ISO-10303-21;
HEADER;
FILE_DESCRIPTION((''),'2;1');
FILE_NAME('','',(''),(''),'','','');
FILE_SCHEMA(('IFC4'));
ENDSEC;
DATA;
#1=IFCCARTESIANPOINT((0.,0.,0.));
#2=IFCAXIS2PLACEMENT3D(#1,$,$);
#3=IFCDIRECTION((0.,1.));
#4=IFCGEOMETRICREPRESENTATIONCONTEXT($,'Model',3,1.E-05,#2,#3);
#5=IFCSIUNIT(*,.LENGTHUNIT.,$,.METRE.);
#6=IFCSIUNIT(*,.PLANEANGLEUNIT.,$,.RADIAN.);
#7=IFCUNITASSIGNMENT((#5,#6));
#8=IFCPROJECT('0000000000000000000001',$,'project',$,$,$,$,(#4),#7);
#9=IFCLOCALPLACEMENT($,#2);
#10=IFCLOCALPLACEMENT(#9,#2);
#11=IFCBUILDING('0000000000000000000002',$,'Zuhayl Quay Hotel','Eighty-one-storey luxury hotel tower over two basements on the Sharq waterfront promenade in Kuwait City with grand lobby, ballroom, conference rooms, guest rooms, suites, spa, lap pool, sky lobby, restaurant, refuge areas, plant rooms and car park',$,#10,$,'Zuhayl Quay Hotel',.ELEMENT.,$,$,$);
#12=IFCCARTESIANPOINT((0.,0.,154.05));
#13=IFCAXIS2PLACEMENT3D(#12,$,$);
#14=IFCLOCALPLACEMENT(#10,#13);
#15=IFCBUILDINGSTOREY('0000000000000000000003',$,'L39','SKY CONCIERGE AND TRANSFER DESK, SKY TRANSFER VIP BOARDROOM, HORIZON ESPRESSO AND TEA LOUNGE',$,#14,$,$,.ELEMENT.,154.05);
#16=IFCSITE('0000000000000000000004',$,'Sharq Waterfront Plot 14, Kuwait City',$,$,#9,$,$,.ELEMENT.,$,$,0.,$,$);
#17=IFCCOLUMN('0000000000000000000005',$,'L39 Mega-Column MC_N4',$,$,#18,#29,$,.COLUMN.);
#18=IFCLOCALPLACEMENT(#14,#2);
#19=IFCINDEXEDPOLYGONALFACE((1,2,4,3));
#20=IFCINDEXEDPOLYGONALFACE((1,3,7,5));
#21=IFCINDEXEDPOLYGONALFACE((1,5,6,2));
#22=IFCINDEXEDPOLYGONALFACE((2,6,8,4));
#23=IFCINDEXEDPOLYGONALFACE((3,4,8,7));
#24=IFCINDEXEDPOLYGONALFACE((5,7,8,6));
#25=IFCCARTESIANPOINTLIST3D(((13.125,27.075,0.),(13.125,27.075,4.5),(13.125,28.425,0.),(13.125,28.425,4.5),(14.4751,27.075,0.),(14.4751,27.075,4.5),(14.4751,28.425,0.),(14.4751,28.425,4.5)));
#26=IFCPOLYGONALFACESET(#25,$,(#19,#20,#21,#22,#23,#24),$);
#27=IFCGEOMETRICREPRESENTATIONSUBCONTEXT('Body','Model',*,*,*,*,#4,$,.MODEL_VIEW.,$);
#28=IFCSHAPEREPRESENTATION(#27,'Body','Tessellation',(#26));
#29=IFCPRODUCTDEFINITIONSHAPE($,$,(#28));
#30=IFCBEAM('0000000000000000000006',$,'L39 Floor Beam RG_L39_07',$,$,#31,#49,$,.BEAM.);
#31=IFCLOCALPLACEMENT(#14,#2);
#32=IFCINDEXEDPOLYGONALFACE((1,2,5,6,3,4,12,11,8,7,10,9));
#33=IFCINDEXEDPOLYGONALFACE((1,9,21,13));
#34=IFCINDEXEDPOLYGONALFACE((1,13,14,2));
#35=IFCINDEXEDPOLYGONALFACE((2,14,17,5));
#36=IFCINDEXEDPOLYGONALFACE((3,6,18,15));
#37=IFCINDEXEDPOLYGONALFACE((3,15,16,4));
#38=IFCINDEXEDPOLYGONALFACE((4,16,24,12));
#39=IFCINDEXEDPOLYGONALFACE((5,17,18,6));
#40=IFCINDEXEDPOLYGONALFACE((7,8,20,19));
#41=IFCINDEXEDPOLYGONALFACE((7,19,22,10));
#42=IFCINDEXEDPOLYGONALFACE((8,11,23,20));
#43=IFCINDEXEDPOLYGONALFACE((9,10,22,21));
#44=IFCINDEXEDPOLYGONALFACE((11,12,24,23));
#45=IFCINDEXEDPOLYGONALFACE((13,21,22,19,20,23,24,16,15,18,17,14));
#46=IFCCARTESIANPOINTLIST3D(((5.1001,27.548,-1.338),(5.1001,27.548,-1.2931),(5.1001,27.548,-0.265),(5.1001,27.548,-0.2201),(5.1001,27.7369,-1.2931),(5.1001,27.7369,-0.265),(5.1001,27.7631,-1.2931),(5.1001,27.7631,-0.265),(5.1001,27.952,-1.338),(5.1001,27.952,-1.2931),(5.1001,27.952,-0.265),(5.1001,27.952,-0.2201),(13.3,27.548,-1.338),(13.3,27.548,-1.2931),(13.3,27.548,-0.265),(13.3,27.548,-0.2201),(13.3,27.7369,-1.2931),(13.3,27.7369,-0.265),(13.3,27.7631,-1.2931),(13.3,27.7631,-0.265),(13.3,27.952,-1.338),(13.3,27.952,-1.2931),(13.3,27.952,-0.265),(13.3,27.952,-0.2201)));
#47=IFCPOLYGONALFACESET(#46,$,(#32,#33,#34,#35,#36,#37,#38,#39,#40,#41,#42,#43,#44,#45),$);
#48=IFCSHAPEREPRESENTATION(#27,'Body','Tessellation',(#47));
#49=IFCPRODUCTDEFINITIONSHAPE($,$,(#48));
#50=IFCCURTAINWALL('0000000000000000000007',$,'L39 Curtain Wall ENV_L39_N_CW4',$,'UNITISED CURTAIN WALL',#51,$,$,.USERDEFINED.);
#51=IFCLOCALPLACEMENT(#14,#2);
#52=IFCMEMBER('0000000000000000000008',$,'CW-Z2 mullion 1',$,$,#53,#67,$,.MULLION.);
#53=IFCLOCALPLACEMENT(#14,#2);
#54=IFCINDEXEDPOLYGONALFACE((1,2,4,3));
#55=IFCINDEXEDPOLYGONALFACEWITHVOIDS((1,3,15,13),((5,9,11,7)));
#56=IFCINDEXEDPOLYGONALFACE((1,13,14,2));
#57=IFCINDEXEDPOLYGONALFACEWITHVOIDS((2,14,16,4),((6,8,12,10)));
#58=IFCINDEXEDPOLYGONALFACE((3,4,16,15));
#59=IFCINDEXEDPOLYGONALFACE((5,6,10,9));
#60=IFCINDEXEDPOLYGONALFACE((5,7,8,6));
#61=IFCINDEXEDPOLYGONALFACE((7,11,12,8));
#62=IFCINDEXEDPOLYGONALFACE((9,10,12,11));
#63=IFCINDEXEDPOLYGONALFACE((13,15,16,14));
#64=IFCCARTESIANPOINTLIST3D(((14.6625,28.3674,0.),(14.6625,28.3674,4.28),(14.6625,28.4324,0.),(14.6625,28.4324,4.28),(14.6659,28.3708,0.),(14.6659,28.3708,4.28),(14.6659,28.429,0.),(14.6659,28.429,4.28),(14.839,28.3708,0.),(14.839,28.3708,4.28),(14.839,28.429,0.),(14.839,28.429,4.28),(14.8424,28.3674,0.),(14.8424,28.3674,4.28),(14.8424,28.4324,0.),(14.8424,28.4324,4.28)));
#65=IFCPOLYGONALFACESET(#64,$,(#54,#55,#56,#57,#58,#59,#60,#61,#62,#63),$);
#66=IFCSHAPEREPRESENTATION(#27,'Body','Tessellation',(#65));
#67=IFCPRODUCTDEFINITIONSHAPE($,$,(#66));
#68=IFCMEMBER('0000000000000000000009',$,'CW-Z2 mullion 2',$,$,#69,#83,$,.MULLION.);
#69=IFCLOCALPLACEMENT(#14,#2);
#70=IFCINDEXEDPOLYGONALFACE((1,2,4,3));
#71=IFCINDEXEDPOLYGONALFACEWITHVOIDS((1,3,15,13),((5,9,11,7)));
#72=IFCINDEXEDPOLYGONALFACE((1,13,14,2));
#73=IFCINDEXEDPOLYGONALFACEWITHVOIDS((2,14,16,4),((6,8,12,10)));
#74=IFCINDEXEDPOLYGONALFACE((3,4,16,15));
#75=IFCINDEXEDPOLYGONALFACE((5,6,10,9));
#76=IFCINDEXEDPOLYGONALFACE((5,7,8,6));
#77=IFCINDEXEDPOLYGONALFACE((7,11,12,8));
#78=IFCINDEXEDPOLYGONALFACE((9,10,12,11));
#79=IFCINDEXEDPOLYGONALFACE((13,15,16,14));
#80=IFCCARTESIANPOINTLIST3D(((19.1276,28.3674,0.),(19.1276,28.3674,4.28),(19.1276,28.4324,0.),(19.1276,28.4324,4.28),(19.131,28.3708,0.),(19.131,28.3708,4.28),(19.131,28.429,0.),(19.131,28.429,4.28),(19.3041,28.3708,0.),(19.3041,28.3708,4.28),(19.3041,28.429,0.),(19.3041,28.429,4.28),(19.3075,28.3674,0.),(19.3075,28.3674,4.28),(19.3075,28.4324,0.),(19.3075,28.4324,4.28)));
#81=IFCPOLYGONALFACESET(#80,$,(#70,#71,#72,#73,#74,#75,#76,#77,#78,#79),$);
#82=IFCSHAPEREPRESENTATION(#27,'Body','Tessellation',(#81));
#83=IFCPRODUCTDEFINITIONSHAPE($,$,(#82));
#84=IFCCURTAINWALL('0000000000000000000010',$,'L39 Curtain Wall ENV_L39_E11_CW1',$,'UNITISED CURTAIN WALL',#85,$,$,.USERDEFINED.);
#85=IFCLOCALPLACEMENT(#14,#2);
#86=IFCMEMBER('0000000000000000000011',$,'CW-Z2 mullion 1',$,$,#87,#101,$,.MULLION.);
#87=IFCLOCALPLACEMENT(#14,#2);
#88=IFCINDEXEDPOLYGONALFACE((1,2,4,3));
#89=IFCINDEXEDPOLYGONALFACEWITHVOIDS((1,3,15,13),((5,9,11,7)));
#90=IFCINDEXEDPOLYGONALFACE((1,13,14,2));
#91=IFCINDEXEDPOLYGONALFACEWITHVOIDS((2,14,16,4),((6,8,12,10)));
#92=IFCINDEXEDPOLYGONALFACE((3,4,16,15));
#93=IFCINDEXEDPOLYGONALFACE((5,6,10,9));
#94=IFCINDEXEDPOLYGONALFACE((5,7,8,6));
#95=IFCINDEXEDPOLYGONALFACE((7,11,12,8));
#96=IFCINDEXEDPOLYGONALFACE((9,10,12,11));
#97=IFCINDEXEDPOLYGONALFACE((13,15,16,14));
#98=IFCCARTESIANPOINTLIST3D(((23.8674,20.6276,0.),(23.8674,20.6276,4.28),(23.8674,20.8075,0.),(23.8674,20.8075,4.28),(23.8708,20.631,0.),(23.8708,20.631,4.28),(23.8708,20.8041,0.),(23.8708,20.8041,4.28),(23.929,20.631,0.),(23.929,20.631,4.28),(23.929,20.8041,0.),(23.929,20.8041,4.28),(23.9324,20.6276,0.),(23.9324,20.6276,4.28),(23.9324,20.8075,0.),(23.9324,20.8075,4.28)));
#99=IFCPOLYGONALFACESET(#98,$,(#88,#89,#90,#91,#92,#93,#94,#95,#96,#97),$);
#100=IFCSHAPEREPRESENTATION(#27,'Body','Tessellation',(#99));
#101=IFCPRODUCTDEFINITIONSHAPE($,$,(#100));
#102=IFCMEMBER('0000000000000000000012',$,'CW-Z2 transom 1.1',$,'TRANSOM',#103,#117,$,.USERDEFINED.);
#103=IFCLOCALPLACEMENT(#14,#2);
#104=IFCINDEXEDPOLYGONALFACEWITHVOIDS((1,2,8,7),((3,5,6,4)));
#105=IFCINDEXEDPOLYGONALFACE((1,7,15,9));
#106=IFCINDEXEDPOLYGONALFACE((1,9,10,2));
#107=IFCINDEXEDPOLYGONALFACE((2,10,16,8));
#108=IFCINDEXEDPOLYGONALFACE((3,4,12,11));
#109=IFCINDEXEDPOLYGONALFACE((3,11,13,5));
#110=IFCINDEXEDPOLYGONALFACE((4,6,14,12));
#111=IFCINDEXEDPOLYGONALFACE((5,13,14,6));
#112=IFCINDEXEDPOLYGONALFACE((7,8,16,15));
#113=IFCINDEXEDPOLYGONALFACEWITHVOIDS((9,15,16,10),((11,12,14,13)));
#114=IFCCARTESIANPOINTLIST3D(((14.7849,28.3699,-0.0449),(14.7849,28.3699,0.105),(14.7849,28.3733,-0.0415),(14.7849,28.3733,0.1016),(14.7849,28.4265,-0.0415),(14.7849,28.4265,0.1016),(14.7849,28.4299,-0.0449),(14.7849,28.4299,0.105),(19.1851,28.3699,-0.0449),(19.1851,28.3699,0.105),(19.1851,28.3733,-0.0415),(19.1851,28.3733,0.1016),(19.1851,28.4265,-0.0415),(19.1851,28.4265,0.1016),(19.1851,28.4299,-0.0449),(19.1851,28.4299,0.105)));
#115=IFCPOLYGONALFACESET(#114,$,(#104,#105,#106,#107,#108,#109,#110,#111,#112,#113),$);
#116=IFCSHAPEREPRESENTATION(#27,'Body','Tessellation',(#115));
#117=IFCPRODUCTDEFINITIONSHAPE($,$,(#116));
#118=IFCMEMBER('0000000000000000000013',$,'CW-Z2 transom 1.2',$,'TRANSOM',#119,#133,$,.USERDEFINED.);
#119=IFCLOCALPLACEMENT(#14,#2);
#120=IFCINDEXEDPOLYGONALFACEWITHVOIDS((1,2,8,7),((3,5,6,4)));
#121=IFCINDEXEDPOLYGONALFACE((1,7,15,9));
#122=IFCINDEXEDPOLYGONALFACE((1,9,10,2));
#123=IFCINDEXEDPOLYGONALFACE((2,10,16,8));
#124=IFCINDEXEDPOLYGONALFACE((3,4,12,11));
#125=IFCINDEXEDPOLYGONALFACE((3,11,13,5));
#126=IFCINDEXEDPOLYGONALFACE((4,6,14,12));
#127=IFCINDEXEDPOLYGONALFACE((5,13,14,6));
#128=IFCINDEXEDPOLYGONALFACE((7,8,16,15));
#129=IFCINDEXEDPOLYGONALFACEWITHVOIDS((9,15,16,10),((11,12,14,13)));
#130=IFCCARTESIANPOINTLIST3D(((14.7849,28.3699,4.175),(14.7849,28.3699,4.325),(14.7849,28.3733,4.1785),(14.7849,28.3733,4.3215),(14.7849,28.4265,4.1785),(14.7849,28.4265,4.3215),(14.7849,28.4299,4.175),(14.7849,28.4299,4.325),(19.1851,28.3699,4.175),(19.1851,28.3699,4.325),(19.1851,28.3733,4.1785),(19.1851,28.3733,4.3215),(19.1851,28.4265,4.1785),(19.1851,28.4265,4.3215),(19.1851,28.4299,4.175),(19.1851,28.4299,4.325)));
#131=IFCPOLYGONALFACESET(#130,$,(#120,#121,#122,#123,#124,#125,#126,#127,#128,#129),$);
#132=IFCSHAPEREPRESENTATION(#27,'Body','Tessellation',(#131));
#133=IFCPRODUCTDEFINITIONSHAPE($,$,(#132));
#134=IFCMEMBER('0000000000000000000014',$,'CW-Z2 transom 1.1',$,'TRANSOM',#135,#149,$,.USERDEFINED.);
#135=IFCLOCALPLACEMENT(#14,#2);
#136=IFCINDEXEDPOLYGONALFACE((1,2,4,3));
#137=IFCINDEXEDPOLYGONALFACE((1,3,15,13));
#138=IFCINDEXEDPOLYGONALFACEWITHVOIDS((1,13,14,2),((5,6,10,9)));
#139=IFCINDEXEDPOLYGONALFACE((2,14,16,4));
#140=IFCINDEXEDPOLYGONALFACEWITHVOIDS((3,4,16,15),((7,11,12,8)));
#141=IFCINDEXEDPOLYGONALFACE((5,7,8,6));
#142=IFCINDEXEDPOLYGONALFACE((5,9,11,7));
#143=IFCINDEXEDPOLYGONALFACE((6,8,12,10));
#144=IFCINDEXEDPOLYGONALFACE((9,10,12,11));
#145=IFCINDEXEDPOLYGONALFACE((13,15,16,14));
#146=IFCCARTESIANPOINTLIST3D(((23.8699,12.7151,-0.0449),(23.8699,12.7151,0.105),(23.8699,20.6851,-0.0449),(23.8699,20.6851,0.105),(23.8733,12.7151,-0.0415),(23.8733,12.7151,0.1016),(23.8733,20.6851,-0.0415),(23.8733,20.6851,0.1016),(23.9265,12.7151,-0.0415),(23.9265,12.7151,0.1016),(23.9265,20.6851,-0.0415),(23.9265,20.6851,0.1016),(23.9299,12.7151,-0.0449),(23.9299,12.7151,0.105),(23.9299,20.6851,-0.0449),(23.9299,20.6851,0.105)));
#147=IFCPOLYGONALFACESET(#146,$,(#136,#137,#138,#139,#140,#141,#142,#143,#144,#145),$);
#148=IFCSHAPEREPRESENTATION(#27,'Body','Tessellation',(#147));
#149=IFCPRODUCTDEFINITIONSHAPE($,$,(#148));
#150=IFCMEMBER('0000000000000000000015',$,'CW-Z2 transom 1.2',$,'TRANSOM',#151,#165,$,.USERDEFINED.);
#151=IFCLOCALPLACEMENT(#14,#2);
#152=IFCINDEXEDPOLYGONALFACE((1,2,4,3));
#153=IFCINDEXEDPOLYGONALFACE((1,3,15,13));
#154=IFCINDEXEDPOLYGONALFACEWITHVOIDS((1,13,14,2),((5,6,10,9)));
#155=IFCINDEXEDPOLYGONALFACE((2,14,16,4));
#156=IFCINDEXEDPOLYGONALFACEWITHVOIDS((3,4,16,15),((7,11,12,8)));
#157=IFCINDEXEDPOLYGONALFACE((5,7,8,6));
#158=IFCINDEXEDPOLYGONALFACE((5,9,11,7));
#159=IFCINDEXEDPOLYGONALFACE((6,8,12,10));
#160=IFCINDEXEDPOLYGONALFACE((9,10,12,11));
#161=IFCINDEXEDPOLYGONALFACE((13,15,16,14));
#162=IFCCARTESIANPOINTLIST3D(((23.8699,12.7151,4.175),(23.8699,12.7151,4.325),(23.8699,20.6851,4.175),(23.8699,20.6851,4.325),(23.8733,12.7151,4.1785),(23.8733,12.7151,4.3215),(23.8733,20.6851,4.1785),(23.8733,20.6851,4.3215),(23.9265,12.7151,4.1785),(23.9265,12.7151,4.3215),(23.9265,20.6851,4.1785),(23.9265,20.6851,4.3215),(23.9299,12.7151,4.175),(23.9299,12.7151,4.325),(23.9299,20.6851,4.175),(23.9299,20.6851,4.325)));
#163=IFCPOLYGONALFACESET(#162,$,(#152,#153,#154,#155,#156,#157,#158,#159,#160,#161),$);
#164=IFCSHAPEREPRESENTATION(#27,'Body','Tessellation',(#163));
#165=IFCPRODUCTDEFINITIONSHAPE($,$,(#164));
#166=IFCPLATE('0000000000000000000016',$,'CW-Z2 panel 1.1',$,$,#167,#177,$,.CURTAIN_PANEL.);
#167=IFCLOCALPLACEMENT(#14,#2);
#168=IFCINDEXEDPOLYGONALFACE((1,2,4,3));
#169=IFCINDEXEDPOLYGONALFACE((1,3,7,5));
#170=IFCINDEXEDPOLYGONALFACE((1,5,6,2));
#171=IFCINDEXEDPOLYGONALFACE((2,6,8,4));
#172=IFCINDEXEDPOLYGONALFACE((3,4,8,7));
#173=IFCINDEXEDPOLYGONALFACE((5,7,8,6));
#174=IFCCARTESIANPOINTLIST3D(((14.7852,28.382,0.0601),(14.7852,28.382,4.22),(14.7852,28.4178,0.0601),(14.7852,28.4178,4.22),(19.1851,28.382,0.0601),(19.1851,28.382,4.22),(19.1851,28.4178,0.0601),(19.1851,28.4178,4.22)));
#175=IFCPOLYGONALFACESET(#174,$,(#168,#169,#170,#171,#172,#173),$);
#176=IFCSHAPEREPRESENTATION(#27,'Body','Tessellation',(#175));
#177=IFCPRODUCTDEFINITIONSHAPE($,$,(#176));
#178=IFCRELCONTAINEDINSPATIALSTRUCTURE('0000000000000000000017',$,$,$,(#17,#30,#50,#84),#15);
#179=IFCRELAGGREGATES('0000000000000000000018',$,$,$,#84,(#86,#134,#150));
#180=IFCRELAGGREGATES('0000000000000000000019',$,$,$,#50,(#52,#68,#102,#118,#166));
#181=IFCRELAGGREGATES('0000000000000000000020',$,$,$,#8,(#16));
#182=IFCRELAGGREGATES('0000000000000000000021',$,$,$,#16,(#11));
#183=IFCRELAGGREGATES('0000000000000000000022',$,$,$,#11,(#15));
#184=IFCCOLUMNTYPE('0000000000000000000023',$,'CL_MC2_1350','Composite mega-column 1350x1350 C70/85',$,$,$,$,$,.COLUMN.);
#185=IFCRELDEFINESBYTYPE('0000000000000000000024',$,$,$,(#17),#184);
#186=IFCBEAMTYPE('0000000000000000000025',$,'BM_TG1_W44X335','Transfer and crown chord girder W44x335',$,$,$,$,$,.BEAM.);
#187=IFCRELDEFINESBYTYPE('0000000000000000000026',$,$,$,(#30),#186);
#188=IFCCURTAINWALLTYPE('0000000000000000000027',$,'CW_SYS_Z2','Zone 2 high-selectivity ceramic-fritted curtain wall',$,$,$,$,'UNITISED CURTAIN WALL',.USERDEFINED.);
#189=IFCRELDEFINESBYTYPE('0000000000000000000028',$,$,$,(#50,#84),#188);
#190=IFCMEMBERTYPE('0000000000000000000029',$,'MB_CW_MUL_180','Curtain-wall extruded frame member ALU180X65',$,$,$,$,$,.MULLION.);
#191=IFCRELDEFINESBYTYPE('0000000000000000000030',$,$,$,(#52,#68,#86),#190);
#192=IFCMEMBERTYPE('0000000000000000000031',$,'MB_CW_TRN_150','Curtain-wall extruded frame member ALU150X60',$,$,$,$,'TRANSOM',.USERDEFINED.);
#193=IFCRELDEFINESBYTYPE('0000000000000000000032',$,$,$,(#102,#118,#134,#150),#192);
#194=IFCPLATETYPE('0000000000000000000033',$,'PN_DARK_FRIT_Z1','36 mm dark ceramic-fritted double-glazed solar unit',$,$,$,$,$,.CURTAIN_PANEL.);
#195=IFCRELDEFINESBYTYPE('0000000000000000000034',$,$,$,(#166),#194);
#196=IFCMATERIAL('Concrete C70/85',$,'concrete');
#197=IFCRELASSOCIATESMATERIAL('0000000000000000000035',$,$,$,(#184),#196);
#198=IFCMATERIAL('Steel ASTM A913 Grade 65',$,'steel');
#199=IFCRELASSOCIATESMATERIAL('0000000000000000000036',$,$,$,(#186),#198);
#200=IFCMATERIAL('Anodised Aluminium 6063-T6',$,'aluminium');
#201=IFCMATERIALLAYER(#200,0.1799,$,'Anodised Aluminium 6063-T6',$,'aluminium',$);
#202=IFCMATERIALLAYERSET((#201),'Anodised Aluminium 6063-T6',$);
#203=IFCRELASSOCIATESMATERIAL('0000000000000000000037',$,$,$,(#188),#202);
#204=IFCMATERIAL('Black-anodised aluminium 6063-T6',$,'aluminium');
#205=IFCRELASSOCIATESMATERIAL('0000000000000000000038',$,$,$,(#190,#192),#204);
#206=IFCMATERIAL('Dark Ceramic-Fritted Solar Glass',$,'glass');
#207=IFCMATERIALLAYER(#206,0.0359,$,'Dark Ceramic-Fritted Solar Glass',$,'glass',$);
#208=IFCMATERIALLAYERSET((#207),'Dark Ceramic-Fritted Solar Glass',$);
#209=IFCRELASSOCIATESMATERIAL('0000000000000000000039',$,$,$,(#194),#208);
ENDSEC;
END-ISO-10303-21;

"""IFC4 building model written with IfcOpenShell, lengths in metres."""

from ifc_helpers import new_model, si_unit, direction, frame, origin, origin_2d, place, context, subcontext, project, spatial, rectangle, hollow_rectangle, i_section, extrude, material, layer, layer_set, material_profile, profile_set, type_object, element, aggregate, save


model = new_model("IFC4")

# Units and contexts
model_context = context("Model", 3, precision=1e-05, world=origin(), true_north=direction((0.0, 1.0)))
body_context = subcontext(model_context, "Body", "Model", "MODEL_VIEW")
ifc_project = project(units=[si_unit("LENGTHUNIT", "METRE"), si_unit("PLANEANGLEUNIT", "RADIAN")], contexts=[model_context])

# Site, building, storey
site_placement = place(None, origin())
site = spatial("IfcSite", under=ifc_project, at=site_placement, Name="Sharq Waterfront Plot 14, Kuwait City", CompositionType="ELEMENT", RefElevation=0.0)
building_placement = place(site_placement, origin())
building = spatial("IfcBuilding", under=site, at=building_placement, Name="Zuhayl Quay Hotel", Description="Eighty-one-storey luxury hotel tower over two basements on the Sharq waterfront promenade in Kuwait City with grand lobby, ballroom, conference rooms, guest rooms, suites, spa, lap pool, sky lobby, restaurant, refuge areas, plant rooms and car park", LongName="Zuhayl Quay Hotel", CompositionType="ELEMENT")
storey_placement = place(building_placement, frame((0.0, 0.0, 154.05)))
storey = spatial("IfcBuildingStorey", under=building, at=storey_placement, Name="L39", Description="SKY CONCIERGE AND TRANSFER DESK, SKY TRANSFER VIP BOARDROOM, HORIZON ESPRESSO AND TEA LOUNGE", CompositionType="ELEMENT", Elevation=154.05)

# Column
ifc_material_1 = material(Name="Concrete C70/85", Category="concrete")
ifc_material_profile_1 = material_profile(ifc_material_1, rectangle(XDim=1.3501, YDim=1.3501, at=origin_2d()), Name="RC1350X1350")
ifc_profile_set_1 = profile_set([ifc_material_profile_1], Name="Concrete C70/85")
column_type = type_object("IfcColumnType", Name="CL_MC2_1350", Description="Composite mega-column 1350x1350 C70/85", PredefinedType="COLUMN", material=ifc_profile_set_1)
column_placement = place(storey_placement, frame((13.8, 27.75, 0.0), z_axis=(0.0, 0.0, 1.0), x_axis=(1.0, 0.0, 0.0)))
element("IfcColumn", 1, at=column_placement, inside=storey, type_object=column_type, Name="L39 Mega-Column MC_N4", PredefinedType="COLUMN", context=body_context, shape_type="SweptSolid", body=[
    extrude(rectangle(XDim=1.3501, YDim=1.3501, at=origin_2d()), origin(), (0.0, 0.0, 1.0), 4.5),
])

# Beam
ifc_material_2 = material(Name="Steel ASTM A913 Grade 65", Category="steel")
ifc_material_profile_2 = material_profile(ifc_material_2, i_section(OverallWidth=0.4041, OverallDepth=1.1179, WebThickness=0.0261, FlangeThickness=0.0449, at=origin_2d()), Name="W44X335")
ifc_profile_set_2 = profile_set([ifc_material_profile_2], Name="Steel ASTM A913 Grade 65")
beam_type = type_object("IfcBeamType", Name="BM_TG1_W44X335", Description="Transfer and crown chord girder W44x335", PredefinedType="BEAM", material=ifc_profile_set_2)
beam_placement = place(storey_placement, frame((13.3, 27.75, -0.7791), z_axis=(-1.0, 0.0, 0.0), x_axis=(0.0, -1.0, 0.0)))
element("IfcBeam", 2, at=beam_placement, inside=storey, type_object=beam_type, Name="L39 Floor Beam RG_L39_07", PredefinedType="BEAM", context=body_context, shape_type="SweptSolid", body=[
    extrude(i_section(OverallWidth=0.4041, OverallDepth=1.1179, WebThickness=0.0261, FlangeThickness=0.0449, at=origin_2d()), origin(), (0.0, 0.0, 1.0), 8.2),
])

# Curtain wall, members
ifc_material_3 = material(Name="Anodised Aluminium 6063-T6", Category="aluminium")
ifc_layer_1 = layer(ifc_material_3, 0.1799, Name="Anodised Aluminium 6063-T6", Category="aluminium")
ifc_layer_set_1 = layer_set([ifc_layer_1], Name="Anodised Aluminium 6063-T6")
curtain_wall_type = type_object("IfcCurtainWallType", Name="CW_SYS_Z2", Description="Zone 2 high-selectivity ceramic-fritted curtain wall", ElementType="UNITISED CURTAIN WALL", PredefinedType="USERDEFINED", material=ifc_layer_set_1)
curtain_wall_1_placement = place(storey_placement, origin())
curtain_wall_1 = element("IfcCurtainWall", 3, at=curtain_wall_1_placement, inside=storey, type_object=curtain_wall_type, Name="L39 Curtain Wall ENV_L39_N_CW4", ObjectType="UNITISED CURTAIN WALL", PredefinedType="USERDEFINED")
ifc_material_4 = material(Name="Black-anodised aluminium 6063-T6", Category="aluminium")
ifc_material_profile_3 = material_profile(ifc_material_4, hollow_rectangle(XDim=0.0649, YDim=0.1799, WallThickness=0.0034, at=origin_2d()), Name="ALU180X65")
ifc_profile_set_3 = profile_set([ifc_material_profile_3], Name="Black-anodised aluminium 6063-T6")
member_type_1 = type_object("IfcMemberType", Name="MB_CW_MUL_180", Description="Curtain-wall extruded frame member ALU180X65", PredefinedType="MULLION", material=ifc_profile_set_3)
member_1_placement = place(storey_placement, frame((14.7524, 28.3999, 0.0), z_axis=(0.0, 0.0, 1.0), x_axis=(0.0, 1.0, 0.0)))
member_1 = element("IfcMember", 4, at=member_1_placement, type_object=member_type_1, Name="CW-Z2 mullion 1", PredefinedType="MULLION", context=body_context, shape_type="SweptSolid", body=[
    extrude(hollow_rectangle(XDim=0.0649, YDim=0.1799, WallThickness=0.0034, at=origin_2d()), origin(), (0.0, 0.0, 1.0), 4.28),
])
member_2_placement = place(storey_placement, frame((19.2175, 28.3999, 0.0), z_axis=(0.0, 0.0, 1.0), x_axis=(0.0, 1.0, 0.0)))
member_2 = element("IfcMember", 5, at=member_2_placement, type_object=member_type_1, Name="CW-Z2 mullion 2", PredefinedType="MULLION", context=body_context, shape_type="SweptSolid", body=[
    extrude(hollow_rectangle(XDim=0.0649, YDim=0.1799, WallThickness=0.0034, at=origin_2d()), origin(), (0.0, 0.0, 1.0), 4.28),
])

# Curtain wall, member
curtain_wall_2_placement = place(storey_placement, origin())
curtain_wall_2 = element("IfcCurtainWall", 6, at=curtain_wall_2_placement, inside=storey, type_object=curtain_wall_type, Name="L39 Curtain Wall ENV_L39_E11_CW1", ObjectType="UNITISED CURTAIN WALL", PredefinedType="USERDEFINED")
member_3_placement = place(storey_placement, frame((23.8999, 20.7175, 0.0), z_axis=(0.0, 0.0, 1.0), x_axis=(1.0, 0.0, 0.0)))
member_3 = element("IfcMember", 7, at=member_3_placement, type_object=member_type_1, Name="CW-Z2 mullion 1", PredefinedType="MULLION", context=body_context, shape_type="SweptSolid", body=[
    extrude(hollow_rectangle(XDim=0.0649, YDim=0.1799, WallThickness=0.0034, at=origin_2d()), origin(), (0.0, 0.0, 1.0), 4.28),
])

# Members
ifc_material_profile_4 = material_profile(ifc_material_4, hollow_rectangle(XDim=0.0601, YDim=0.1499, WallThickness=0.0034, at=origin_2d()), Name="ALU150X60")
ifc_profile_set_4 = profile_set([ifc_material_profile_4], Name="Black-anodised aluminium 6063-T6")
member_type_2 = type_object("IfcMemberType", Name="MB_CW_TRN_150", Description="Curtain-wall extruded frame member ALU150X60", ElementType="TRANSOM", PredefinedType="USERDEFINED", material=ifc_profile_set_4)
member_4_placement = place(storey_placement, frame((14.7849, 28.3999, 0.03), z_axis=(1.0, 0.0, 0.0), x_axis=(0.0, 1.0, 0.0)))
member_4 = element("IfcMember", 8, at=member_4_placement, type_object=member_type_2, Name="CW-Z2 transom 1.1", ObjectType="TRANSOM", PredefinedType="USERDEFINED", context=body_context, shape_type="SweptSolid", body=[
    extrude(hollow_rectangle(XDim=0.0601, YDim=0.1499, WallThickness=0.0034, at=origin_2d()), origin(), (0.0, 0.0, 1.0), 4.4001),
])
member_5_placement = place(storey_placement, frame((14.7849, 28.3999, 4.25), z_axis=(1.0, 0.0, 0.0), x_axis=(0.0, 1.0, 0.0)))
member_5 = element("IfcMember", 9, at=member_5_placement, type_object=member_type_2, Name="CW-Z2 transom 1.2", ObjectType="TRANSOM", PredefinedType="USERDEFINED", context=body_context, shape_type="SweptSolid", body=[
    extrude(hollow_rectangle(XDim=0.0601, YDim=0.1499, WallThickness=0.0034, at=origin_2d()), origin(), (0.0, 0.0, 1.0), 4.4001),
])
member_6_placement = place(storey_placement, frame((23.8999, 20.6851, 0.03), z_axis=(0.0, -1.0, 0.0), x_axis=(1.0, 0.0, 0.0)))
member_6 = element("IfcMember", 10, at=member_6_placement, type_object=member_type_2, Name="CW-Z2 transom 1.1", ObjectType="TRANSOM", PredefinedType="USERDEFINED", context=body_context, shape_type="SweptSolid", body=[
    extrude(hollow_rectangle(XDim=0.0601, YDim=0.1499, WallThickness=0.0034, at=origin_2d()), origin(), (0.0, 0.0, 1.0), 7.97),
])
member_7_placement = place(storey_placement, frame((23.8999, 20.6851, 4.25), z_axis=(0.0, -1.0, 0.0), x_axis=(1.0, 0.0, 0.0)))
member_7 = element("IfcMember", 11, at=member_7_placement, type_object=member_type_2, Name="CW-Z2 transom 1.2", ObjectType="TRANSOM", PredefinedType="USERDEFINED", context=body_context, shape_type="SweptSolid", body=[
    extrude(hollow_rectangle(XDim=0.0601, YDim=0.1499, WallThickness=0.0034, at=origin_2d()), origin(), (0.0, 0.0, 1.0), 7.97),
])
aggregate(curtain_wall_2, [member_3, member_6, member_7])

# Plate
ifc_material_5 = material(Name="Dark Ceramic-Fritted Solar Glass", Category="glass")
ifc_layer_2 = layer(ifc_material_5, 0.0359, Name="Dark Ceramic-Fritted Solar Glass", Category="glass")
ifc_layer_set_2 = layer_set([ifc_layer_2], Name="Dark Ceramic-Fritted Solar Glass")
plate_type_1 = type_object("IfcPlateType", Name="PN_DARK_FRIT_Z1", Description="36 mm dark ceramic-fritted double-glazed solar unit", PredefinedType="CURTAIN_PANEL", material=ifc_layer_set_2)
plate_1_placement = place(storey_placement, frame((16.9851, 28.3999, 0.0601), z_axis=(0.0, 0.0, 1.0), x_axis=(1.0, 0.0, 0.0)))
plate_1 = element("IfcPlate", 12, at=plate_1_placement, type_object=plate_type_1, Name="CW-Z2 panel 1.1", PredefinedType="CURTAIN_PANEL", context=body_context, shape_type="SweptSolid", body=[
    extrude(rectangle(XDim=4.3999, YDim=0.0359, at=origin_2d()), origin(), (0.0, 0.0, 1.0), 4.1599),
])
aggregate(curtain_wall_1, [member_1, member_2, member_4, member_5, plate_1])

save(model, "model.ifc")
